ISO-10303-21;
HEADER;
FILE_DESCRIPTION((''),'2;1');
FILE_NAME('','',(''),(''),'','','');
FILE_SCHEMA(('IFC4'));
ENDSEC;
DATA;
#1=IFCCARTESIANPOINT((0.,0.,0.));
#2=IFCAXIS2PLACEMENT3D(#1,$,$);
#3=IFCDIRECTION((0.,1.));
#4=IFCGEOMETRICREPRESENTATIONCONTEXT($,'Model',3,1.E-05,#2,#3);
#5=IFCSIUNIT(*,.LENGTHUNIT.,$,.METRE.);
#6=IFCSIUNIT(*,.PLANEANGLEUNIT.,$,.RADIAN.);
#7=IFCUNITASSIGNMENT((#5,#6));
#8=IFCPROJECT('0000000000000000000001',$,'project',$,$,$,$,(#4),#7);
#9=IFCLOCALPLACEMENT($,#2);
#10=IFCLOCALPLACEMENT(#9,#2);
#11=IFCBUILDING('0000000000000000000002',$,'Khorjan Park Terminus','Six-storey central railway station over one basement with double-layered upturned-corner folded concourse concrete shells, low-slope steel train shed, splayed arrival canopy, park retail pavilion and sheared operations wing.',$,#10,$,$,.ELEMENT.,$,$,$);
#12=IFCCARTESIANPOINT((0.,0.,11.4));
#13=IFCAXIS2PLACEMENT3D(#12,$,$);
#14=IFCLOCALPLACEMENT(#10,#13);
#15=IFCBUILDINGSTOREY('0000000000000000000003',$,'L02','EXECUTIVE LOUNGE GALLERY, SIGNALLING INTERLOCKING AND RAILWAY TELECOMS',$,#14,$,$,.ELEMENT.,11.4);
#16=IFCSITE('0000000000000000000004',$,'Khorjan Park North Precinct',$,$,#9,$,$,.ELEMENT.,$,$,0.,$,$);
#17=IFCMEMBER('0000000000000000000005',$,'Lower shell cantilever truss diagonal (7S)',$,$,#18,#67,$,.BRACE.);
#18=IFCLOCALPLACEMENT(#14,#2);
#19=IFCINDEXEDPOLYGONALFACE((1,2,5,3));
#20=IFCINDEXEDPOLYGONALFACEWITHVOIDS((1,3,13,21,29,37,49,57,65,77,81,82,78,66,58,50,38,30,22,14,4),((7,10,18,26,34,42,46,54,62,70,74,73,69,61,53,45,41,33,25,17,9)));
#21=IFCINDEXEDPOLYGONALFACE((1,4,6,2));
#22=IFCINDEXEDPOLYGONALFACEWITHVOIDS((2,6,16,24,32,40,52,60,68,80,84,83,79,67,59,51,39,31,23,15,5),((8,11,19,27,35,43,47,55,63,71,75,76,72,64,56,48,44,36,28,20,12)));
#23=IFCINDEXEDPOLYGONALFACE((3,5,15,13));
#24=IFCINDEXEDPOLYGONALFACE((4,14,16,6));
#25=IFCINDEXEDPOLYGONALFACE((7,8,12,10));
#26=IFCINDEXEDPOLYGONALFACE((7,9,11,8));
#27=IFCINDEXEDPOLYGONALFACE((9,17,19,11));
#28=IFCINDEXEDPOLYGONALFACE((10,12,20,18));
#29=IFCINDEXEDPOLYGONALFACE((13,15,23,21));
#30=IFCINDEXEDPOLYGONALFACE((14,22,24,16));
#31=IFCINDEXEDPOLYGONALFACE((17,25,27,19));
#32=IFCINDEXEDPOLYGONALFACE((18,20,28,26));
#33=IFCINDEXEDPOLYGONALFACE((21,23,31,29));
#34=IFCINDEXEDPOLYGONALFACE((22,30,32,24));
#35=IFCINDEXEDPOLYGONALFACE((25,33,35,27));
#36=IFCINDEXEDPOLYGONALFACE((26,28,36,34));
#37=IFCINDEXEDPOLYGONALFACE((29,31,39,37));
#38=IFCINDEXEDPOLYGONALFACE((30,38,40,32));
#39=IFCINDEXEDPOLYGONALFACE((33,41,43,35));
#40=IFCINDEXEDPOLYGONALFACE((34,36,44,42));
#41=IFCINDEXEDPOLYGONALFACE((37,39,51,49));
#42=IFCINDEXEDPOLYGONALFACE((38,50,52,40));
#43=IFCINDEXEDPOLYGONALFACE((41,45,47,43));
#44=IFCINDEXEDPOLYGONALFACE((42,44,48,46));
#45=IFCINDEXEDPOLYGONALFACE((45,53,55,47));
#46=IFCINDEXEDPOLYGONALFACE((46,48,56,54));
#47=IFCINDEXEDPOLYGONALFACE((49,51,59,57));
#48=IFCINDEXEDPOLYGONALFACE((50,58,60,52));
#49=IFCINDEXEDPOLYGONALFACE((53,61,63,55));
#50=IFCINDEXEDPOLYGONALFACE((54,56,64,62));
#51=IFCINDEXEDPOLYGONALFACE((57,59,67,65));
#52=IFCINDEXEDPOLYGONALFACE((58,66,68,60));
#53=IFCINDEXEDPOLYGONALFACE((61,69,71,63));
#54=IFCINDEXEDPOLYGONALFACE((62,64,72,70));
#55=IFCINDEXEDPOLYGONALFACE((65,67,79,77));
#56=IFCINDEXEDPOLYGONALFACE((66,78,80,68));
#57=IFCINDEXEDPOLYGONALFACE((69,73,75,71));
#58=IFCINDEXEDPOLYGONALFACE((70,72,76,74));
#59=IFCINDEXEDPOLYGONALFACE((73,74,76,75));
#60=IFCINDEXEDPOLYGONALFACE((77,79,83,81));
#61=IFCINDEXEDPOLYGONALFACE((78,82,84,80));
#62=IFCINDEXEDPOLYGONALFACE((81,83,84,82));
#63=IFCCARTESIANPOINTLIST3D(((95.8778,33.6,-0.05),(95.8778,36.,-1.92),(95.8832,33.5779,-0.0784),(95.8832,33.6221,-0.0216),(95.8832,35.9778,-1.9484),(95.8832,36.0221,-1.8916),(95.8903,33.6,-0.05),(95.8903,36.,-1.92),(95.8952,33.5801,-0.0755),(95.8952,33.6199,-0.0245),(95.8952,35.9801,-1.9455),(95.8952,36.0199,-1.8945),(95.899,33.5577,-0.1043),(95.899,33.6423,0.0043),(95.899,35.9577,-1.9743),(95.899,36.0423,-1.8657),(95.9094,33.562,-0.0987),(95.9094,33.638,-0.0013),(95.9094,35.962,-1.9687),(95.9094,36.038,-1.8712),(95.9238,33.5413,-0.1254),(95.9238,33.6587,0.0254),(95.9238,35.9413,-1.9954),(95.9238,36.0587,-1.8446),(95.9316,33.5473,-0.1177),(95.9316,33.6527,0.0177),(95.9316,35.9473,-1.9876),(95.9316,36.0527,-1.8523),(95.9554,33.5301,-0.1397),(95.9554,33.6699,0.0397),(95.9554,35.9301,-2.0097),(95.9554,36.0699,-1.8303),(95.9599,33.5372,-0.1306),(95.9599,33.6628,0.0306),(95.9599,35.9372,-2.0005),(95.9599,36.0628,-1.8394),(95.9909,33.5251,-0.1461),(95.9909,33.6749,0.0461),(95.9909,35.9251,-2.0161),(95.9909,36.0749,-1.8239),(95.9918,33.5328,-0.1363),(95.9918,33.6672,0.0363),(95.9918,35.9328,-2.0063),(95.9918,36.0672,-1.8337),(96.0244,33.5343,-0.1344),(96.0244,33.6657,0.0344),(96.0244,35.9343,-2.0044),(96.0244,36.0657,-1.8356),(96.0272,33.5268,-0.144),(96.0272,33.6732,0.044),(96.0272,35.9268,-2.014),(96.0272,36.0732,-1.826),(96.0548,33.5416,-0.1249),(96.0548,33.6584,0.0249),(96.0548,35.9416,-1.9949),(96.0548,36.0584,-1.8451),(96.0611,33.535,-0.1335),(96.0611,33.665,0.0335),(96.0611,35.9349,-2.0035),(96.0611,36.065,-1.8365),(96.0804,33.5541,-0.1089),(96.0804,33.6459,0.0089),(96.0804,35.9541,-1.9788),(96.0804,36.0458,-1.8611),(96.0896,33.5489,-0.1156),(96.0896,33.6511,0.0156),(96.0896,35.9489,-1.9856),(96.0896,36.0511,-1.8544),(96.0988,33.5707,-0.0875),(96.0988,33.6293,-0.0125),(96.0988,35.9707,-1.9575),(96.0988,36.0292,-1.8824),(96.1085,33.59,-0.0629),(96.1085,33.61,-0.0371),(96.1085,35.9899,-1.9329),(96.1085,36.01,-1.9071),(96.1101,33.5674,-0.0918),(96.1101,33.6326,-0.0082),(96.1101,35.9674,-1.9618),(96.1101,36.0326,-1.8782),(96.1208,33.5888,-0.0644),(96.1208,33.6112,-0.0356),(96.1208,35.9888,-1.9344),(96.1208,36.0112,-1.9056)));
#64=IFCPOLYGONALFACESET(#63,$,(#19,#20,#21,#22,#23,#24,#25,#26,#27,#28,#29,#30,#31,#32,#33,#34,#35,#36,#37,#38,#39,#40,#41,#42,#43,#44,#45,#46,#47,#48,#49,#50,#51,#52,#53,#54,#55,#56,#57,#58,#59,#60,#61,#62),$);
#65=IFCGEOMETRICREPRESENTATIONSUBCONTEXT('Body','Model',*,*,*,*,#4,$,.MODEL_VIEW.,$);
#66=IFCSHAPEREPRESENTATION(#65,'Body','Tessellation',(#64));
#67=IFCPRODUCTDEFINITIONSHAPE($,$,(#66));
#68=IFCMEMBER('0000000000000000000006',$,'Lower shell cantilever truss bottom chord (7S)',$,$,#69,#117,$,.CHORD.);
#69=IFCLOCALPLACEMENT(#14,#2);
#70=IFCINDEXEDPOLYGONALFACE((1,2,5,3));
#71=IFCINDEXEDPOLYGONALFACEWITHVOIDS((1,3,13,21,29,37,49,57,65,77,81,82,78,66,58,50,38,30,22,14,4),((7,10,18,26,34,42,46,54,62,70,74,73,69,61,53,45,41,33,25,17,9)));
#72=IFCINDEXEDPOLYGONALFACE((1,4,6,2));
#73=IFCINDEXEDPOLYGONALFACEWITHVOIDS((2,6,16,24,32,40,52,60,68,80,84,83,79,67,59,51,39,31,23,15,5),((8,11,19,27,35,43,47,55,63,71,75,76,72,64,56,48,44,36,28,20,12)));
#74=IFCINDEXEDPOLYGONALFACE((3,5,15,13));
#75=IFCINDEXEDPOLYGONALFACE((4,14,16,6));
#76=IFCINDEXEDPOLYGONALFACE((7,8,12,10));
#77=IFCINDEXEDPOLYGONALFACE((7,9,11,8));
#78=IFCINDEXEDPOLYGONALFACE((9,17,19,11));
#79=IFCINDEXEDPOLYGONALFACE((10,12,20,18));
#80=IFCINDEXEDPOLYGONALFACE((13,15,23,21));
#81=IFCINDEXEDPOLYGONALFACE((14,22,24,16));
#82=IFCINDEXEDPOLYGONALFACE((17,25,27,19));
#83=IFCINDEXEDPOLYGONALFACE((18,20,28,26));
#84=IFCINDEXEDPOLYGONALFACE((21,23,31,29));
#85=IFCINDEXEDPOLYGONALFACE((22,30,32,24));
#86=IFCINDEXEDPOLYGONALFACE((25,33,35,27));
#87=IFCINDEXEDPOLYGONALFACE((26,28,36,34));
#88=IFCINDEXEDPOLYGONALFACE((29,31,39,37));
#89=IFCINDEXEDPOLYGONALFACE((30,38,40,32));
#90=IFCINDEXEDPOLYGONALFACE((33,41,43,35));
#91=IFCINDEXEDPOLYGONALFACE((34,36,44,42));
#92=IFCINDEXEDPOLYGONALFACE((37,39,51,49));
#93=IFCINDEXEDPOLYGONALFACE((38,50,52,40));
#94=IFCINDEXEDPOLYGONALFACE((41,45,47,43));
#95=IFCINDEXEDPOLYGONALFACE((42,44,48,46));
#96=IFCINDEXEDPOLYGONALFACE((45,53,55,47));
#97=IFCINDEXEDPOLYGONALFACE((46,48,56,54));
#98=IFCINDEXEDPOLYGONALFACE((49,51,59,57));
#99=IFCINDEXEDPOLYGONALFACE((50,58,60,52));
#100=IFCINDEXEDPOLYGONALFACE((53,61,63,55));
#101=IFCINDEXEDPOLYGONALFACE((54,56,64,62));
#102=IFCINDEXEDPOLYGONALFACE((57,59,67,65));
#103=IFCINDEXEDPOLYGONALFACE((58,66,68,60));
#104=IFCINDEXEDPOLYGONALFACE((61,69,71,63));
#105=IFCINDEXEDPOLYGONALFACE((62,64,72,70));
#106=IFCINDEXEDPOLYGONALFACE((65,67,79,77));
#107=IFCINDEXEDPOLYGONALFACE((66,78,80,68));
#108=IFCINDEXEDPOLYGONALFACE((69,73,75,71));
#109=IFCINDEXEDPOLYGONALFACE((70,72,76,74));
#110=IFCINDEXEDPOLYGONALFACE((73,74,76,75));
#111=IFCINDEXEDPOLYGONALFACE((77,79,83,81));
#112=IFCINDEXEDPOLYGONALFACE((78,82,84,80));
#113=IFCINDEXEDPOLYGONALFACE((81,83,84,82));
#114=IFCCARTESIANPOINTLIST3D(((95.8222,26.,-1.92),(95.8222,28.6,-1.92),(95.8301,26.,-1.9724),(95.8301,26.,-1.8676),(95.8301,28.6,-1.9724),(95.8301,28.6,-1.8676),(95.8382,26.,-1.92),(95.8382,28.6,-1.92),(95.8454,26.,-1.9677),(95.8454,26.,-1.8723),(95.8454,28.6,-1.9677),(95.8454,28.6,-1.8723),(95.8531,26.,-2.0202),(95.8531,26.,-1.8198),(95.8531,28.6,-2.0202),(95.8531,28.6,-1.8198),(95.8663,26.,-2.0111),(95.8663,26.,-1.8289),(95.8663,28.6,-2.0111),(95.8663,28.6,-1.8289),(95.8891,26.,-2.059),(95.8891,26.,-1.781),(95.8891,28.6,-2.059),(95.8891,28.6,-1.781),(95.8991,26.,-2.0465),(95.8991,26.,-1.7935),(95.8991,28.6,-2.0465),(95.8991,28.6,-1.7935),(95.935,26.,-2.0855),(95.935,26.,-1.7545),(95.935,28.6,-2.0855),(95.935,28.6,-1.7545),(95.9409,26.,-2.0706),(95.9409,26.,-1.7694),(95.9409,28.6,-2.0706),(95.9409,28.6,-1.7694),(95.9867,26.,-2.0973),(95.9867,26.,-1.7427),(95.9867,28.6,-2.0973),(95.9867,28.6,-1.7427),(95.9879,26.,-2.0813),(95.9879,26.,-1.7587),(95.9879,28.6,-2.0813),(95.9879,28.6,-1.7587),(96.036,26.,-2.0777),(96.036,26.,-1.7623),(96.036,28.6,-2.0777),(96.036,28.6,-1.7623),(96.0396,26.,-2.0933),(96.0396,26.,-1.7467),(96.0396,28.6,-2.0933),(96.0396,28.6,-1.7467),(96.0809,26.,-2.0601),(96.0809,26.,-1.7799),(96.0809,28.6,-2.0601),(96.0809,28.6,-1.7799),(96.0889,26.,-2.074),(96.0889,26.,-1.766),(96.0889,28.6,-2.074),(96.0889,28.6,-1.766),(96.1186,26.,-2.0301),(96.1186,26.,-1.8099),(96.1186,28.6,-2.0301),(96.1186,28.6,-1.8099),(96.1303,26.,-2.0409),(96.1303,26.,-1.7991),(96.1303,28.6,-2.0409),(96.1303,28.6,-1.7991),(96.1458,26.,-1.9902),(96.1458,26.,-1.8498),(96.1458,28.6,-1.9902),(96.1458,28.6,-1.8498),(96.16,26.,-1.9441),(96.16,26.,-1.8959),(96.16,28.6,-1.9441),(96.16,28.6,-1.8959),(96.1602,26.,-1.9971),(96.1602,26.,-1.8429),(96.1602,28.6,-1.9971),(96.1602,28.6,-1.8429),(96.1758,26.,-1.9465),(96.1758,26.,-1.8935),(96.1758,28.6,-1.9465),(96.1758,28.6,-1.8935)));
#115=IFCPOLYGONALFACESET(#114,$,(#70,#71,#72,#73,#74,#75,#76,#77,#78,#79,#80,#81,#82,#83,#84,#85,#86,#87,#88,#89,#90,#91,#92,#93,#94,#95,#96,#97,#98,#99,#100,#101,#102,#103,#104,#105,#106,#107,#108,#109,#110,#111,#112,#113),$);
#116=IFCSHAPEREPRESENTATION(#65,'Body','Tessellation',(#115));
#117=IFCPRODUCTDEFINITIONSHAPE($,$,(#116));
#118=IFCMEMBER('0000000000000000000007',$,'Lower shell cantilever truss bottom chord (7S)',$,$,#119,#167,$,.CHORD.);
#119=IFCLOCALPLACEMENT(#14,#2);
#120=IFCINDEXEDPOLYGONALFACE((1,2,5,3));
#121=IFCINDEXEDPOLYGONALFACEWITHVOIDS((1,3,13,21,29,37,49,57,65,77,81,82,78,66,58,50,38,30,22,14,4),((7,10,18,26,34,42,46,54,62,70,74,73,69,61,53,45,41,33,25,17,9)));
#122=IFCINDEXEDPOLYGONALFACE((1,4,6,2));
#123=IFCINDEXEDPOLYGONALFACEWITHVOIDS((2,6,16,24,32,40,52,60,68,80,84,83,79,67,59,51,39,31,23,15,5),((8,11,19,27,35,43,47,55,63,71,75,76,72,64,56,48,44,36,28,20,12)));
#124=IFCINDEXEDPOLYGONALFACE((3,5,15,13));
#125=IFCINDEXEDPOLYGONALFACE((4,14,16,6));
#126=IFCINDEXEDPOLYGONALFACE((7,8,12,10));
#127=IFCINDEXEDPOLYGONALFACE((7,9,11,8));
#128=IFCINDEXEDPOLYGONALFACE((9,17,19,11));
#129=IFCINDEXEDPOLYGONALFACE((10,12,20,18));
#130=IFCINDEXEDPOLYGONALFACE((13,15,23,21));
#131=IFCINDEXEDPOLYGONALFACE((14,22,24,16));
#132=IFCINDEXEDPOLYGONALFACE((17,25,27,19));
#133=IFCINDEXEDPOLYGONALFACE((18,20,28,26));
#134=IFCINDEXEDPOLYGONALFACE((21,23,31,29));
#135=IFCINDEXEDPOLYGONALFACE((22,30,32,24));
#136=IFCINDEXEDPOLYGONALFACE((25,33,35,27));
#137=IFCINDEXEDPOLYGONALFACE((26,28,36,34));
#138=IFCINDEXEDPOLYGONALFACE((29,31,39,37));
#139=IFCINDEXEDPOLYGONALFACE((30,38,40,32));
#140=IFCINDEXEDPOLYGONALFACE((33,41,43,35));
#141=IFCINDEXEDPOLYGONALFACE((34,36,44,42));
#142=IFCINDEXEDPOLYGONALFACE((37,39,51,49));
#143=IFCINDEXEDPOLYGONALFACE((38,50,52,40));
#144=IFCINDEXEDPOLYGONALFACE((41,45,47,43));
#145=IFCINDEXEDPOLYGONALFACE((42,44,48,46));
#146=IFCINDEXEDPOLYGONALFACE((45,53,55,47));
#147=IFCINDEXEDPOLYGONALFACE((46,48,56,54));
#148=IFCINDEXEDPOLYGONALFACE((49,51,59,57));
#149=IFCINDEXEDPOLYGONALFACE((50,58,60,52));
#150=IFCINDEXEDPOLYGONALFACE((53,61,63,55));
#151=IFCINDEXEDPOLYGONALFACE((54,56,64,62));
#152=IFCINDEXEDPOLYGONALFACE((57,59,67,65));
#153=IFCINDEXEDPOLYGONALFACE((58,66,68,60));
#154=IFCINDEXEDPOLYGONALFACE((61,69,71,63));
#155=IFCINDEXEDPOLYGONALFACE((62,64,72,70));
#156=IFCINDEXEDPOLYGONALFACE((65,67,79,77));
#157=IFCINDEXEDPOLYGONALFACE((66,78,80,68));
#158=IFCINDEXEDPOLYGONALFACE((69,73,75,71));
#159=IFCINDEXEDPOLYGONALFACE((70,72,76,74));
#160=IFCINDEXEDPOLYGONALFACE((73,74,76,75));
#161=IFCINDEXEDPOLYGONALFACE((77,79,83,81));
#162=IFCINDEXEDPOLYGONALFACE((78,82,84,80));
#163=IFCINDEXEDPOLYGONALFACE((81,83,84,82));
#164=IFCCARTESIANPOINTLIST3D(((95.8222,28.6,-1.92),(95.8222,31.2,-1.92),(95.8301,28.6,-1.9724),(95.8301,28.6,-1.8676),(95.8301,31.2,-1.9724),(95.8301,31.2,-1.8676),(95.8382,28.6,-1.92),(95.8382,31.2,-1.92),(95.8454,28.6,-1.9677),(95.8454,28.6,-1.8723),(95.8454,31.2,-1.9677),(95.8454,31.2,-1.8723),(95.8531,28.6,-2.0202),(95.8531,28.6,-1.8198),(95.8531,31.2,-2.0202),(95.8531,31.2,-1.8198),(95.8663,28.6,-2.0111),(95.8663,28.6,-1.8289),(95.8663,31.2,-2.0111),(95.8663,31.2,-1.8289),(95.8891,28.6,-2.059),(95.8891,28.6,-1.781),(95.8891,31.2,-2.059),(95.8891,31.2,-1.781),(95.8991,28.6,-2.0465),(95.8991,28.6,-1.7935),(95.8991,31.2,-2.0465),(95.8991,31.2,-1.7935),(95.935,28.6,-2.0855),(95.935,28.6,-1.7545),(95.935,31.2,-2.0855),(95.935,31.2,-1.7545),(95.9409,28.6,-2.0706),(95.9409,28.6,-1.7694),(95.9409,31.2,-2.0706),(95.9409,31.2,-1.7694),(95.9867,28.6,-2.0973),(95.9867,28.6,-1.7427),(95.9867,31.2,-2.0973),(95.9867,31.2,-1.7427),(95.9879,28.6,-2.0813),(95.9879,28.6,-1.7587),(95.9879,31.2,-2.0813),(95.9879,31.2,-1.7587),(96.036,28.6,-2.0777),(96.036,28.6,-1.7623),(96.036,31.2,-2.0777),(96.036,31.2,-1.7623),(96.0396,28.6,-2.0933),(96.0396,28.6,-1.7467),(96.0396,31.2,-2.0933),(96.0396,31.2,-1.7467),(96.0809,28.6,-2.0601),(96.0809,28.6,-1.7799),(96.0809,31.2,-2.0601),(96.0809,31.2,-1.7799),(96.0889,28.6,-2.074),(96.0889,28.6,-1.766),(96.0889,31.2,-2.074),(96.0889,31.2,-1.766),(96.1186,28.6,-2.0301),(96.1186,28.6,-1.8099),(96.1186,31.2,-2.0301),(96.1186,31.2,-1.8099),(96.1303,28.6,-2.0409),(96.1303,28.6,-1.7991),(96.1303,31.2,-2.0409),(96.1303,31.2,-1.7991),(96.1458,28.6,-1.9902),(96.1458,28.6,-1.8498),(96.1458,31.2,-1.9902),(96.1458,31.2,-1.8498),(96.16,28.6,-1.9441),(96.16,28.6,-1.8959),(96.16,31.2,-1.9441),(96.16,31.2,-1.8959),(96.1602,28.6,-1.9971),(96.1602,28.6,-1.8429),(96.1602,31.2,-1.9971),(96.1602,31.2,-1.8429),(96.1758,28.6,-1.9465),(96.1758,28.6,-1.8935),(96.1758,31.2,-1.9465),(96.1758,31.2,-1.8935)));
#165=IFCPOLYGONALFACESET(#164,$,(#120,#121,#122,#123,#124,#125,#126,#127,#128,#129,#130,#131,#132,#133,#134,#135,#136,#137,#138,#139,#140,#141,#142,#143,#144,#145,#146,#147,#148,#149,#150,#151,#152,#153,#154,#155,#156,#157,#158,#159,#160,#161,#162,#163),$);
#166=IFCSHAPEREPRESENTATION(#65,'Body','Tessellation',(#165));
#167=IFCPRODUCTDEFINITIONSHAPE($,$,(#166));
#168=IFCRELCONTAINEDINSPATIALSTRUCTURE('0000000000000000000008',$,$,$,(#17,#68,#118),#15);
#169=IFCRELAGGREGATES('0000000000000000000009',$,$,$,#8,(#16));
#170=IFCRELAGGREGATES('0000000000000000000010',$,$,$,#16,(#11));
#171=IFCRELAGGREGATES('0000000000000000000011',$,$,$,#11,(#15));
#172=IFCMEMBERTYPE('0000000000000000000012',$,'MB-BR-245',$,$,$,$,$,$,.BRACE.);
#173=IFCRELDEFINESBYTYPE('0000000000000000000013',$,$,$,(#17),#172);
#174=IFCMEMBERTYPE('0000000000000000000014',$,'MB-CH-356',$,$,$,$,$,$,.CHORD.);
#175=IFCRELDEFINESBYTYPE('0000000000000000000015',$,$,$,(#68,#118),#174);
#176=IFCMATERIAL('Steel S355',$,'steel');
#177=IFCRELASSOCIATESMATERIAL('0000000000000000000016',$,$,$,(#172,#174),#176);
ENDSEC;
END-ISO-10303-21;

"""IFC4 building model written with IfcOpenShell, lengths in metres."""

from ifc_helpers import new_model, si_unit, direction, frame, origin, origin_2d, place, context, subcontext, project, spatial, hollow_circle, extrude, material, material_profile, profile_set, type_object, element, save


model = new_model("IFC4")

# Units and contexts
model_context = context("Model", 3, precision=1e-05, world=origin(), true_north=direction((0.0, 1.0)))
body_context = subcontext(model_context, "Body", "Model", "MODEL_VIEW")
ifc_project = project(units=[si_unit("LENGTHUNIT", "METRE"), si_unit("PLANEANGLEUNIT", "RADIAN")], contexts=[model_context])

# Site, building, storey
site_placement = place(None, origin())
site = spatial("IfcSite", under=ifc_project, at=site_placement, Name="Khorjan Park North Precinct", CompositionType="ELEMENT", RefElevation=0.0)
building_placement = place(site_placement, origin())
building = spatial("IfcBuilding", under=site, at=building_placement, Name="Khorjan Park Terminus", Description="Six-storey central railway station over one basement with double-layered upturned-corner folded concourse concrete shells, low-slope steel train shed, splayed arrival canopy, park retail pavilion and sheared operations wing.", CompositionType="ELEMENT")
storey_placement = place(building_placement, frame((0.0, 0.0, 11.4)))
storey = spatial("IfcBuildingStorey", under=building, at=storey_placement, Name="L02", Description="EXECUTIVE LOUNGE GALLERY, SIGNALLING INTERLOCKING AND RAILWAY TELECOMS", CompositionType="ELEMENT", Elevation=11.4)

# Shared definitions
ifc_material_1 = material(Name="Steel S355", Category="steel")

# Members
ifc_material_profile_1 = material_profile(ifc_material_1, hollow_circle(Radius=0.1222, WallThickness=0.0125, at=origin_2d()), Name="CHS 244.5x12.5")
ifc_profile_set_1 = profile_set([ifc_material_profile_1], Name="Steel S355")
member_type_1 = type_object("IfcMemberType", Name="MB-BR-245", PredefinedType="BRACE", material=ifc_profile_set_1)
for number, where, z_axis, x_axis, name in (
    (1, (96.0, 33.6, -0.05), (0.0, 0.788821, -0.614623), (-1.0, 0.0, 0.0), "Lower shell cantilever truss diagonal (7S)"),
):
    element("IfcMember", number, at=place(storey_placement, frame(where, z_axis=z_axis, x_axis=x_axis)), inside=storey, type_object=member_type_1, Name=name, PredefinedType="BRACE", context=body_context, shape_type="SweptSolid", body=[
        extrude(hollow_circle(Radius=0.1222, WallThickness=0.0125, at=origin_2d()), origin(), (0.0, 0.0, 1.0), 3.0425),
    ])
ifc_material_profile_2 = material_profile(ifc_material_1, hollow_circle(Radius=0.1778, WallThickness=0.016, at=origin_2d()), Name="CHS 355.6x16")
ifc_profile_set_2 = profile_set([ifc_material_profile_2], Name="Steel S355")
member_type_2 = type_object("IfcMemberType", Name="MB-CH-356", PredefinedType="CHORD", material=ifc_profile_set_2)
for number, where, z_axis, x_axis, name in (
    (2, (96.0, 26.0, -1.92), (0.0, 1.0, 0.0), (-1.0, 0.0, 0.0), "Lower shell cantilever truss bottom chord (7S)"),
    (3, (96.0, 28.6, -1.92), (0.0, 1.0, 0.0), (-1.0, 0.0, 0.0), "Lower shell cantilever truss bottom chord (7S)"),
):
    element("IfcMember", number, at=place(storey_placement, frame(where, z_axis=z_axis, x_axis=x_axis)), inside=storey, type_object=member_type_2, Name=name, PredefinedType="CHORD", context=body_context, shape_type="SweptSolid", body=[
        extrude(hollow_circle(Radius=0.1778, WallThickness=0.016, at=origin_2d()), origin(), (0.0, 0.0, 1.0), 2.6),
    ])

save(model, "model.ifc")
